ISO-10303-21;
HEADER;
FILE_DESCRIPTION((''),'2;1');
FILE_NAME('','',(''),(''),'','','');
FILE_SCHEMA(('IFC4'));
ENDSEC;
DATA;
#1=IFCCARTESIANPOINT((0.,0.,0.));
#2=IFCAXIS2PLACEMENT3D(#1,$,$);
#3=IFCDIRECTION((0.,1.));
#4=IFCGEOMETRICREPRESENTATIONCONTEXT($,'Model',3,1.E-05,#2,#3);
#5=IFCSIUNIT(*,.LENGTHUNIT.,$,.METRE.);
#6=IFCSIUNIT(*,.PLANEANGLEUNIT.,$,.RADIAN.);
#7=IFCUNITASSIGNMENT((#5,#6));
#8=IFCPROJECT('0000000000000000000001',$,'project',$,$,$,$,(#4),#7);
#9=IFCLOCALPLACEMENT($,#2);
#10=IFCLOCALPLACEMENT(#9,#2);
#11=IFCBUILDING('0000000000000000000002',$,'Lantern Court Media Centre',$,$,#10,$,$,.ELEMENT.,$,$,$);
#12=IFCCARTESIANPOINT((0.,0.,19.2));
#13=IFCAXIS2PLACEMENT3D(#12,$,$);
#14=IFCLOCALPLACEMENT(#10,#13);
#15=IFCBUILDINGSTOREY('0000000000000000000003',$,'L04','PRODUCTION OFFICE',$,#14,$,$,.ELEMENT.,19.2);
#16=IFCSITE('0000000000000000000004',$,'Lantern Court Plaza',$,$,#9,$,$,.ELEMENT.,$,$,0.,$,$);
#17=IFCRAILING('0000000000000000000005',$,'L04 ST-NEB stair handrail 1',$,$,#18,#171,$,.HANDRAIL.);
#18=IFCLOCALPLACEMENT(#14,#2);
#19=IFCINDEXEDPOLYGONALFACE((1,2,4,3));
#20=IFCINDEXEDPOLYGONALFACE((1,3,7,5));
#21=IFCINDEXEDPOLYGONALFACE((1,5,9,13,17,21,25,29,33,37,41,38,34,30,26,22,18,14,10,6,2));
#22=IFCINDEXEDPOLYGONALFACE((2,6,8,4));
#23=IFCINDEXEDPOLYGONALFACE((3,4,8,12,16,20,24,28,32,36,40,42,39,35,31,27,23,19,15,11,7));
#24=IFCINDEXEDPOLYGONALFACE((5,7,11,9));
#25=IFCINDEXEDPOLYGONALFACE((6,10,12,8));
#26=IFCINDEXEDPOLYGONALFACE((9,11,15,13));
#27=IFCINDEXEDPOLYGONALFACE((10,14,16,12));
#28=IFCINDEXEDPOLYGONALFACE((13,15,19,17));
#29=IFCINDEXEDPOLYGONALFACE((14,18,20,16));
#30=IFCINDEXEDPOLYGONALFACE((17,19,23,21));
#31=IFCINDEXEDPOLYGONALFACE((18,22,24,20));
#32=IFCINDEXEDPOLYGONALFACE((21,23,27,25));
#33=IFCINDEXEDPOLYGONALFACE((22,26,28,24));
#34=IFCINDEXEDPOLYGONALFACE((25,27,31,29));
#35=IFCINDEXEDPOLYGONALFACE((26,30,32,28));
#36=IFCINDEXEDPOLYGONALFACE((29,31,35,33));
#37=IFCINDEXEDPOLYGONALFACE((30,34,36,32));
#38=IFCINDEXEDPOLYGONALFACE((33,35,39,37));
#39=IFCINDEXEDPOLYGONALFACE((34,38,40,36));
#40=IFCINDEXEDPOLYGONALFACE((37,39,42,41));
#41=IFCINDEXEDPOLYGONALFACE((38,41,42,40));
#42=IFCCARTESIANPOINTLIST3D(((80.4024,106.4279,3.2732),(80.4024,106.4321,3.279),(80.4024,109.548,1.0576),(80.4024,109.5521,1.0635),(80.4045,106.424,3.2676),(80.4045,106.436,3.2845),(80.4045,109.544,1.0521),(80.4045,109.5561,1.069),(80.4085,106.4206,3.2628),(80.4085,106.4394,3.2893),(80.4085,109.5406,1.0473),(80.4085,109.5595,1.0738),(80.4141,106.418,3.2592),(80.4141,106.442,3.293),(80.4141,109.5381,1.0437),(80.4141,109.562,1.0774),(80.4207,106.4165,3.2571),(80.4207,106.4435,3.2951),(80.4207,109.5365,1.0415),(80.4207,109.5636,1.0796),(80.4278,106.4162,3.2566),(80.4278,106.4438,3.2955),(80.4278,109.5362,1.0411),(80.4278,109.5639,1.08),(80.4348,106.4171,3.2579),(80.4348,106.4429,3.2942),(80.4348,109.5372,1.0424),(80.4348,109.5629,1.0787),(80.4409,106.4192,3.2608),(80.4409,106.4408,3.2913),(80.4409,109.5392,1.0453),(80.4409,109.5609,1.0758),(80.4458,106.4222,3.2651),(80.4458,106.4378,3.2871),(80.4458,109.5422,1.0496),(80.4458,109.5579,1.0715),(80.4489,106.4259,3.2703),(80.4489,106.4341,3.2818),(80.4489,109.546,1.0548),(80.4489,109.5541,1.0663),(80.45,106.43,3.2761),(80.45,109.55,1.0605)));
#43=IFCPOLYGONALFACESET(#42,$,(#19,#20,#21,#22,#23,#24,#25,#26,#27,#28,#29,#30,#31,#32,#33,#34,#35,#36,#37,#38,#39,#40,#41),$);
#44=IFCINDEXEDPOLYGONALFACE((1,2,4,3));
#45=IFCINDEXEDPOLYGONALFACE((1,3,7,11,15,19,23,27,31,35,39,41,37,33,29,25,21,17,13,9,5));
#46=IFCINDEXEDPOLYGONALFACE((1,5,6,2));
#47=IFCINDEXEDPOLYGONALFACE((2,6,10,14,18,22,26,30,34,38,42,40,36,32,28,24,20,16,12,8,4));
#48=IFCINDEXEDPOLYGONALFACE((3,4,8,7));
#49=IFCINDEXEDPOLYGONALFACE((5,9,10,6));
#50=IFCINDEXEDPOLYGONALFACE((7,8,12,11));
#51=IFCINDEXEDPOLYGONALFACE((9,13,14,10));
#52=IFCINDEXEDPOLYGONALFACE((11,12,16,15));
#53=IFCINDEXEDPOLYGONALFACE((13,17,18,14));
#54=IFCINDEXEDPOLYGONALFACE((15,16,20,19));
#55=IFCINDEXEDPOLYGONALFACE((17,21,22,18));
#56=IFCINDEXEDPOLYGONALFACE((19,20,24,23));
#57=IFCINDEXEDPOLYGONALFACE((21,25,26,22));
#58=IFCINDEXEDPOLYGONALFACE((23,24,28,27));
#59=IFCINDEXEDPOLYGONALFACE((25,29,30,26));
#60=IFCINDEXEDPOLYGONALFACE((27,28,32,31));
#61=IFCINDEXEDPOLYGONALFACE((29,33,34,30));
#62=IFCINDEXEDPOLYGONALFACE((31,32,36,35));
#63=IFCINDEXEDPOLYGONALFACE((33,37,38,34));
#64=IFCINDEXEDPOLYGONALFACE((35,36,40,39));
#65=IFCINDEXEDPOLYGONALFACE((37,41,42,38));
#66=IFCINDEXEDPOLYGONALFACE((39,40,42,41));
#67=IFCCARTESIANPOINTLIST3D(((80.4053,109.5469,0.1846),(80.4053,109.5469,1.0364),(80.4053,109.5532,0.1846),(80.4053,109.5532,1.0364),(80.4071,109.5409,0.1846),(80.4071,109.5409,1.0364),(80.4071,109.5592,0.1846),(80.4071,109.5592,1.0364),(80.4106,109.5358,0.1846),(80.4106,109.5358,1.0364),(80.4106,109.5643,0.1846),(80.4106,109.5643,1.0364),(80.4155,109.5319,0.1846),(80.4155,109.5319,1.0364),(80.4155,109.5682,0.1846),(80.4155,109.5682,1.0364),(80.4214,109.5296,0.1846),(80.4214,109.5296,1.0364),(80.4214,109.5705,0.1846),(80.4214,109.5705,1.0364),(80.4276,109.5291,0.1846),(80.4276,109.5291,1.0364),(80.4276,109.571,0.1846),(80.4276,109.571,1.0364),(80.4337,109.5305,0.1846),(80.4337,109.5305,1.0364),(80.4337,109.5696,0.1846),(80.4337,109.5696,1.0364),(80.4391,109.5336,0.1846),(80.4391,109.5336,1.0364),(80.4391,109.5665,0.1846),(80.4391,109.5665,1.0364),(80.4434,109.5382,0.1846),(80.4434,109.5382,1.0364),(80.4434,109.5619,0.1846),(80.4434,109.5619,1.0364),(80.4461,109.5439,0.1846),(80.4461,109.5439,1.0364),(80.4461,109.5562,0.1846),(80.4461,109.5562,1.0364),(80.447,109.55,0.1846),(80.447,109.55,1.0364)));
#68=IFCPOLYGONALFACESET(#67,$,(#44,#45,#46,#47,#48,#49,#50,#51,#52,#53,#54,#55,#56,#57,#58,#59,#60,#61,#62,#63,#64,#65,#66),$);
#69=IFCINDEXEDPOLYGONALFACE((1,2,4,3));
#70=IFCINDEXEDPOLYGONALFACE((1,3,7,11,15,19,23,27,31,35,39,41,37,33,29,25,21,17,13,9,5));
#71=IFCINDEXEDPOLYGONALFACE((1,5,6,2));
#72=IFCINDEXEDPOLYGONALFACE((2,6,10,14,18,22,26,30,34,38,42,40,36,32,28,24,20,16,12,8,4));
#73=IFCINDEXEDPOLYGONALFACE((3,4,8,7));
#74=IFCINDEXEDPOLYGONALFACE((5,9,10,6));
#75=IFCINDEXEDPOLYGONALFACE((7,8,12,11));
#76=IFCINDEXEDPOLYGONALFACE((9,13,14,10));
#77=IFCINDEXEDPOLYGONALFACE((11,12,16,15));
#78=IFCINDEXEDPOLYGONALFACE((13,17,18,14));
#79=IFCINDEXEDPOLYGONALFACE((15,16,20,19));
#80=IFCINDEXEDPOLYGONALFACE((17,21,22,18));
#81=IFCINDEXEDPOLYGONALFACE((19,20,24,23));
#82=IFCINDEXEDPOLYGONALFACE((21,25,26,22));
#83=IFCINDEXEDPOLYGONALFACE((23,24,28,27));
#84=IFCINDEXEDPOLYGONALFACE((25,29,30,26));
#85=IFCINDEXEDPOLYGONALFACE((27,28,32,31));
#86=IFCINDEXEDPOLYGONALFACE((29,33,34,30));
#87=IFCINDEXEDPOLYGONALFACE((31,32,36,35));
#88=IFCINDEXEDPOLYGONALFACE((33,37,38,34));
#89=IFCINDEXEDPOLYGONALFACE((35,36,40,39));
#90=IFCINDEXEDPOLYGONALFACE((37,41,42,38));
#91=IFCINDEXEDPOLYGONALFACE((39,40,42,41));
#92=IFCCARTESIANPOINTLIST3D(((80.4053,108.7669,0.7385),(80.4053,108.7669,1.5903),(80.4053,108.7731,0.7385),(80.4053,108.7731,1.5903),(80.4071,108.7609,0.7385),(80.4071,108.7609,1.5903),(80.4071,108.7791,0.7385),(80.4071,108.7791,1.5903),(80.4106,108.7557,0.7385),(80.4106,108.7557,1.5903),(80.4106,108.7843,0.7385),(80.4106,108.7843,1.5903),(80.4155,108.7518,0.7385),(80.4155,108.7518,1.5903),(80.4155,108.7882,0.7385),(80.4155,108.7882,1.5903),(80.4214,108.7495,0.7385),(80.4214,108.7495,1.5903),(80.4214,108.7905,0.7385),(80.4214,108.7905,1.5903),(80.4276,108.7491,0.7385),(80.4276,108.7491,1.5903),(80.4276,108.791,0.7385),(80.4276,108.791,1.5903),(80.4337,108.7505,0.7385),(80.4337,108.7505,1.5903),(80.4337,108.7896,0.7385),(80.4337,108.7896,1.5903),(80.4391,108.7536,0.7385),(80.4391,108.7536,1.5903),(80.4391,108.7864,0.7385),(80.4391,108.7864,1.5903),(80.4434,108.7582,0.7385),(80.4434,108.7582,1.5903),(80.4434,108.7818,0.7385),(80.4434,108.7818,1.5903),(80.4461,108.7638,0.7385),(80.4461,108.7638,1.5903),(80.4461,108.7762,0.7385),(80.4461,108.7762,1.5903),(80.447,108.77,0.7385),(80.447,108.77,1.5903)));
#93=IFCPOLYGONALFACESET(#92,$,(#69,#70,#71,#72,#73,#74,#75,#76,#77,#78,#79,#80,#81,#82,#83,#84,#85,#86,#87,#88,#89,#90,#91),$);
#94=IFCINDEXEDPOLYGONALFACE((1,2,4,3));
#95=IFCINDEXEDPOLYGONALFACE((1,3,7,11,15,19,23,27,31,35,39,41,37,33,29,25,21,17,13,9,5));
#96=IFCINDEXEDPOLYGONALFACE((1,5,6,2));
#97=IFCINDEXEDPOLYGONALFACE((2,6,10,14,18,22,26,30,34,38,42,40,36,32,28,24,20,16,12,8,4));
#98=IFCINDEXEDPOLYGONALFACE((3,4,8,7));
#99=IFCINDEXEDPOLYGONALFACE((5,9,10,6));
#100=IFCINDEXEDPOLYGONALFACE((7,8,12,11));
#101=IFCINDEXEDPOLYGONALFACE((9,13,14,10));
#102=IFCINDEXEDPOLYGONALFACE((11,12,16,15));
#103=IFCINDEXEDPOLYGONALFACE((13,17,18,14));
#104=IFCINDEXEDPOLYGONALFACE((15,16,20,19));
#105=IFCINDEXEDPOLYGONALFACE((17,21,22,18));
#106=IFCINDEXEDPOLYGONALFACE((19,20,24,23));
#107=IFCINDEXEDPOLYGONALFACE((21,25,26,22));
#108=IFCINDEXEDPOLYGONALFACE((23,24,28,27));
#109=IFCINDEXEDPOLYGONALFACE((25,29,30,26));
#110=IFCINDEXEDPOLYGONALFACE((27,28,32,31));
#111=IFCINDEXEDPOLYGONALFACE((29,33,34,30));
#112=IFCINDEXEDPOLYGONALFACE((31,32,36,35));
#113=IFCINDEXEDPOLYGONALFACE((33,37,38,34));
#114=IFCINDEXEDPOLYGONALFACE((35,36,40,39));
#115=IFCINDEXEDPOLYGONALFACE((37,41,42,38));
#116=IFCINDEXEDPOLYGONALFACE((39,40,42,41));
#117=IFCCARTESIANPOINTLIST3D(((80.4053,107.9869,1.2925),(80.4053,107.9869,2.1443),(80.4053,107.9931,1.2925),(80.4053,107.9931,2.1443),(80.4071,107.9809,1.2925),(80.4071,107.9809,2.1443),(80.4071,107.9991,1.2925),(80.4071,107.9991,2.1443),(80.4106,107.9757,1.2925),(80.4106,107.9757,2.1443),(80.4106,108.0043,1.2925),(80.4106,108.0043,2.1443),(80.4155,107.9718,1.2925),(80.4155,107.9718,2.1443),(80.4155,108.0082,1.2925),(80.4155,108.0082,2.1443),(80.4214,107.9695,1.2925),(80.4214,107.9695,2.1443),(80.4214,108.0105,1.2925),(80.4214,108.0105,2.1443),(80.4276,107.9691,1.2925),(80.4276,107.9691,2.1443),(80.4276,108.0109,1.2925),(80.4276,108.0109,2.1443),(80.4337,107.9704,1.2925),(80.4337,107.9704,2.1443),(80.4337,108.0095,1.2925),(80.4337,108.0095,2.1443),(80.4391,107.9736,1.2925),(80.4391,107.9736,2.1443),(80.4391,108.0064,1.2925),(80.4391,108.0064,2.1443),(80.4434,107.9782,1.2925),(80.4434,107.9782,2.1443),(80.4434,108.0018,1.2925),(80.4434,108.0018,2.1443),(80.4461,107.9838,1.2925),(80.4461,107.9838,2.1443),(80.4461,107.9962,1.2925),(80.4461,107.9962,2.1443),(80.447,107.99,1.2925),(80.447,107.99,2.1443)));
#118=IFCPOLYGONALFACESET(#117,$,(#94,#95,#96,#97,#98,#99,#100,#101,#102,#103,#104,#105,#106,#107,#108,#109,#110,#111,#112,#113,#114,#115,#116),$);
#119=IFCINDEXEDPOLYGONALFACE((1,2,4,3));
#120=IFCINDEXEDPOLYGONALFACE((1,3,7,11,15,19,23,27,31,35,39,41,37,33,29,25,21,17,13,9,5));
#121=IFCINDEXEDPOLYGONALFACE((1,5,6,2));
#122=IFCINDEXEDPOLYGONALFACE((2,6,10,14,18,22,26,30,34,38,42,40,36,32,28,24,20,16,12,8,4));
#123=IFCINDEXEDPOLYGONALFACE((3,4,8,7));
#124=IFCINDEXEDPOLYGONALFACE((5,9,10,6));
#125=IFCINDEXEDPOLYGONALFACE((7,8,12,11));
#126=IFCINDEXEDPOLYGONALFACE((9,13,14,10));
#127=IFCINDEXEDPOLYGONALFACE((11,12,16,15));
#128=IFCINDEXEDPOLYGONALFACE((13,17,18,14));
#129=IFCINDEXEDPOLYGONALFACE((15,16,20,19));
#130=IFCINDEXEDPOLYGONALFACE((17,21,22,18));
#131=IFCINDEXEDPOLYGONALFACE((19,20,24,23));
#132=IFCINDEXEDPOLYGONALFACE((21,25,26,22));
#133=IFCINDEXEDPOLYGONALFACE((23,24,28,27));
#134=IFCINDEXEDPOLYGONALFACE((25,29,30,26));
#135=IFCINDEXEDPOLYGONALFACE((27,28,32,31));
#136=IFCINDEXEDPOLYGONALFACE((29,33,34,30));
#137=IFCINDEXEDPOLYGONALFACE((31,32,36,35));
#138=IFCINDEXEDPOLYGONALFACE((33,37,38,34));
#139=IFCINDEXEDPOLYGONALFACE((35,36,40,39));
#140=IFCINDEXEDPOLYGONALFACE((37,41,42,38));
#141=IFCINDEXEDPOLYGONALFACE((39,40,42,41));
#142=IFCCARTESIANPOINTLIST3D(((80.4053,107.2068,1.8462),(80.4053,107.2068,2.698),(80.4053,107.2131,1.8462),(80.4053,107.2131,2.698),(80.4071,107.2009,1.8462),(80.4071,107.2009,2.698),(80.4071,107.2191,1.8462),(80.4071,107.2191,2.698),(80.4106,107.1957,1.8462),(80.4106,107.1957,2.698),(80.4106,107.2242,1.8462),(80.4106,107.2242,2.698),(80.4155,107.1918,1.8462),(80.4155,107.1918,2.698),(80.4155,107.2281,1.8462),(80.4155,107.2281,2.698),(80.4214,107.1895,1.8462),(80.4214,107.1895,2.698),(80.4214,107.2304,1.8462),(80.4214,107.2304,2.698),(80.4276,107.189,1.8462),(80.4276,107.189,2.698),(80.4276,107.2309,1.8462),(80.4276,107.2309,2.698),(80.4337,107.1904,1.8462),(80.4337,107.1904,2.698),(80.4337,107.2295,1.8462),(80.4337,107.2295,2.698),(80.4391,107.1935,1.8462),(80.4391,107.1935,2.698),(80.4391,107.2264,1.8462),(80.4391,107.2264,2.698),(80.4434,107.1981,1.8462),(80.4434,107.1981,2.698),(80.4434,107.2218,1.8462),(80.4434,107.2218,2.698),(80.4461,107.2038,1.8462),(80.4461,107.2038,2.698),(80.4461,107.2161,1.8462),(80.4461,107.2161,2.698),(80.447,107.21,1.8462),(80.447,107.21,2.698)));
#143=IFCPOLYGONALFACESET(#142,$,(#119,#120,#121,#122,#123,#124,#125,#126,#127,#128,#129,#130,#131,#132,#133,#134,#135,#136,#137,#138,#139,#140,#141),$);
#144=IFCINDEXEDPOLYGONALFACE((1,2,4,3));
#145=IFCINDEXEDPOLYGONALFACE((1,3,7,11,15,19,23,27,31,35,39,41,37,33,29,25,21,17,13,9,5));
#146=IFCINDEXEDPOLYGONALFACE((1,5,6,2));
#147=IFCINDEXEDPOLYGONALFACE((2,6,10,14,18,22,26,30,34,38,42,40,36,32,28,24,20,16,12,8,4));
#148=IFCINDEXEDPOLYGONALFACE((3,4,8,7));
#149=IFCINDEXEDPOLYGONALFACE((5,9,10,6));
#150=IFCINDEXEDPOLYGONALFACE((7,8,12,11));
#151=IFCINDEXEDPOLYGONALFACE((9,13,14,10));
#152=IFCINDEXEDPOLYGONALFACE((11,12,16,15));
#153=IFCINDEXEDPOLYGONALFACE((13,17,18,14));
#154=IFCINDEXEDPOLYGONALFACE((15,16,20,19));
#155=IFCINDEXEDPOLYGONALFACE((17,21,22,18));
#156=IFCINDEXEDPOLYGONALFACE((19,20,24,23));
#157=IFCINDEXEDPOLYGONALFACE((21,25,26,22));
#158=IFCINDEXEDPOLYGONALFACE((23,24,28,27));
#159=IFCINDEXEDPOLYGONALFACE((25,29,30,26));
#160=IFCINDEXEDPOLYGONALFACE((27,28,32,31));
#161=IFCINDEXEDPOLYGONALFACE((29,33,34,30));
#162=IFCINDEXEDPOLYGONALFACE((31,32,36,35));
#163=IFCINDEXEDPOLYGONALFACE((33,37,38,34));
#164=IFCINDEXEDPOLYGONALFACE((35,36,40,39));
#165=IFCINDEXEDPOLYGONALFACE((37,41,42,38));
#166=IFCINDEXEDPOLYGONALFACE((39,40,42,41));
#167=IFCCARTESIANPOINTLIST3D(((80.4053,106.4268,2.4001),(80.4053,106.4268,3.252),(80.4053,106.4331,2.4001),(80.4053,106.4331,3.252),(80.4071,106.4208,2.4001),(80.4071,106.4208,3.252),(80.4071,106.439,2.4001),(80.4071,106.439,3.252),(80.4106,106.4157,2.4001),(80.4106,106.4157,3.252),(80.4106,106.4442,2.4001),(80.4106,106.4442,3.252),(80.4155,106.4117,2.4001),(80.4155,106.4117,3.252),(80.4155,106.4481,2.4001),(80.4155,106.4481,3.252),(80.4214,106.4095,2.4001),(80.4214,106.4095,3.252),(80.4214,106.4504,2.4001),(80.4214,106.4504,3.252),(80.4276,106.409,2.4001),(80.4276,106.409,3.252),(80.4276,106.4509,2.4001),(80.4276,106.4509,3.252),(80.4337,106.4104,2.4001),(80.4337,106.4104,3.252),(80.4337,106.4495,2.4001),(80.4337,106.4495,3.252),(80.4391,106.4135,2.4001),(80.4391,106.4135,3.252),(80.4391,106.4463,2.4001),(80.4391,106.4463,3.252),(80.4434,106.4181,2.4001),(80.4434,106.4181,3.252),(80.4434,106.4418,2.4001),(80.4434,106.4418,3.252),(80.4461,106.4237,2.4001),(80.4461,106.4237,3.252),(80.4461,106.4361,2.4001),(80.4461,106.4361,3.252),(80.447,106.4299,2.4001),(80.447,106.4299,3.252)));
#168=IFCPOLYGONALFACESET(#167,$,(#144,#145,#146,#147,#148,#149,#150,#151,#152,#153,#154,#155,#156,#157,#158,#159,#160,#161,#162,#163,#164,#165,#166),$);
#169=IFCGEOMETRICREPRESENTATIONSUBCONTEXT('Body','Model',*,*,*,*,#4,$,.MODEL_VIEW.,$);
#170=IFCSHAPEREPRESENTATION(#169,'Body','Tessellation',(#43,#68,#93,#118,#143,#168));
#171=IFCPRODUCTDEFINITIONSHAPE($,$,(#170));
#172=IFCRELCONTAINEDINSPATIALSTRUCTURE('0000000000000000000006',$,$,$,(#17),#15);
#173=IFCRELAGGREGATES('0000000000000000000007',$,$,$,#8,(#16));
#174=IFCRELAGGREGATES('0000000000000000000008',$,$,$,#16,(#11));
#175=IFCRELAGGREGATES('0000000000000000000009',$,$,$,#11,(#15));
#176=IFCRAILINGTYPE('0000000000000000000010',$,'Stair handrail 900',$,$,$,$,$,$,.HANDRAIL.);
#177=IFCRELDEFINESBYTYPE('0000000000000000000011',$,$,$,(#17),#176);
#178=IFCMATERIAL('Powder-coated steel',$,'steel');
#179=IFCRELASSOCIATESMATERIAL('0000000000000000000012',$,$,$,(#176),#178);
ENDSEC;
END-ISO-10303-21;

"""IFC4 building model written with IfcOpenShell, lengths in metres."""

from ifc_helpers import new_model, si_unit, direction, frame, origin, origin_2d, place, context, subcontext, project, spatial, circle, extrude, material, type_object, element, save


model = new_model("IFC4")

# Units and contexts
model_context = context("Model", 3, precision=1e-05, world=origin(), true_north=direction((0.0, 1.0)))
body_context = subcontext(model_context, "Body", "Model", "MODEL_VIEW")
ifc_project = project(units=[si_unit("LENGTHUNIT", "METRE"), si_unit("PLANEANGLEUNIT", "RADIAN")], contexts=[model_context])

# Site, building, storey
site_placement = place(None, origin())
site = spatial("IfcSite", under=ifc_project, at=site_placement, Name="Lantern Court Plaza", CompositionType="ELEMENT", RefElevation=0.0)
building_placement = place(site_placement, origin())
building = spatial("IfcBuilding", under=site, at=building_placement, Name="Lantern Court Media Centre", CompositionType="ELEMENT")
storey_placement = place(building_placement, frame((0.0, 0.0, 19.2)))
storey = spatial("IfcBuildingStorey", under=building, at=storey_placement, Name="L04", Description="PRODUCTION OFFICE", CompositionType="ELEMENT", Elevation=19.2)

# Shared definitions
ifc_material_1 = material(Name="Powder-coated steel", Category="steel")

# Railing
railing_type_1 = type_object("IfcRailingType", Name="Stair handrail 900", PredefinedType="HANDRAIL", material=ifc_material_1)
railing_1_placement = place(storey_placement, frame((80.426, 109.55, 0.1846)))
element("IfcRailing", 1, at=railing_1_placement, inside=storey, type_object=railing_type_1, Name="L04 ST-NEB stair handrail 1", PredefinedType="HANDRAIL", context=body_context, shape_type="SweptSolid", body=[
    extrude(circle(Radius=0.0239, at=origin_2d()), frame((0.0, 0.0, 0.876), z_axis=(0.0, -0.815347, 0.578973), x_axis=(1.0, 0.0, 0.0)), (0.0, 0.0, 1.0), 3.8267),
    extrude(circle(Radius=0.021, at=origin_2d()), origin(), (0.0, 0.0, 1.0), 0.8518),
    extrude(circle(Radius=0.021, at=origin_2d()), frame((0.0, -0.78, 0.554)), (0.0, 0.0, 1.0), 0.8518),
    extrude(circle(Radius=0.021, at=origin_2d()), frame((0.0, -1.5601, 1.1079)), (0.0, 0.0, 1.0), 0.8518),
    extrude(circle(Radius=0.021, at=origin_2d()), frame((0.0, -2.3401, 1.6616)), (0.0, 0.0, 1.0), 0.8518),
    extrude(circle(Radius=0.021, at=origin_2d()), frame((0.0, -3.1201, 2.2156)), (0.0, 0.0, 1.0), 0.8518),
])

save(model, "model.ifc")
